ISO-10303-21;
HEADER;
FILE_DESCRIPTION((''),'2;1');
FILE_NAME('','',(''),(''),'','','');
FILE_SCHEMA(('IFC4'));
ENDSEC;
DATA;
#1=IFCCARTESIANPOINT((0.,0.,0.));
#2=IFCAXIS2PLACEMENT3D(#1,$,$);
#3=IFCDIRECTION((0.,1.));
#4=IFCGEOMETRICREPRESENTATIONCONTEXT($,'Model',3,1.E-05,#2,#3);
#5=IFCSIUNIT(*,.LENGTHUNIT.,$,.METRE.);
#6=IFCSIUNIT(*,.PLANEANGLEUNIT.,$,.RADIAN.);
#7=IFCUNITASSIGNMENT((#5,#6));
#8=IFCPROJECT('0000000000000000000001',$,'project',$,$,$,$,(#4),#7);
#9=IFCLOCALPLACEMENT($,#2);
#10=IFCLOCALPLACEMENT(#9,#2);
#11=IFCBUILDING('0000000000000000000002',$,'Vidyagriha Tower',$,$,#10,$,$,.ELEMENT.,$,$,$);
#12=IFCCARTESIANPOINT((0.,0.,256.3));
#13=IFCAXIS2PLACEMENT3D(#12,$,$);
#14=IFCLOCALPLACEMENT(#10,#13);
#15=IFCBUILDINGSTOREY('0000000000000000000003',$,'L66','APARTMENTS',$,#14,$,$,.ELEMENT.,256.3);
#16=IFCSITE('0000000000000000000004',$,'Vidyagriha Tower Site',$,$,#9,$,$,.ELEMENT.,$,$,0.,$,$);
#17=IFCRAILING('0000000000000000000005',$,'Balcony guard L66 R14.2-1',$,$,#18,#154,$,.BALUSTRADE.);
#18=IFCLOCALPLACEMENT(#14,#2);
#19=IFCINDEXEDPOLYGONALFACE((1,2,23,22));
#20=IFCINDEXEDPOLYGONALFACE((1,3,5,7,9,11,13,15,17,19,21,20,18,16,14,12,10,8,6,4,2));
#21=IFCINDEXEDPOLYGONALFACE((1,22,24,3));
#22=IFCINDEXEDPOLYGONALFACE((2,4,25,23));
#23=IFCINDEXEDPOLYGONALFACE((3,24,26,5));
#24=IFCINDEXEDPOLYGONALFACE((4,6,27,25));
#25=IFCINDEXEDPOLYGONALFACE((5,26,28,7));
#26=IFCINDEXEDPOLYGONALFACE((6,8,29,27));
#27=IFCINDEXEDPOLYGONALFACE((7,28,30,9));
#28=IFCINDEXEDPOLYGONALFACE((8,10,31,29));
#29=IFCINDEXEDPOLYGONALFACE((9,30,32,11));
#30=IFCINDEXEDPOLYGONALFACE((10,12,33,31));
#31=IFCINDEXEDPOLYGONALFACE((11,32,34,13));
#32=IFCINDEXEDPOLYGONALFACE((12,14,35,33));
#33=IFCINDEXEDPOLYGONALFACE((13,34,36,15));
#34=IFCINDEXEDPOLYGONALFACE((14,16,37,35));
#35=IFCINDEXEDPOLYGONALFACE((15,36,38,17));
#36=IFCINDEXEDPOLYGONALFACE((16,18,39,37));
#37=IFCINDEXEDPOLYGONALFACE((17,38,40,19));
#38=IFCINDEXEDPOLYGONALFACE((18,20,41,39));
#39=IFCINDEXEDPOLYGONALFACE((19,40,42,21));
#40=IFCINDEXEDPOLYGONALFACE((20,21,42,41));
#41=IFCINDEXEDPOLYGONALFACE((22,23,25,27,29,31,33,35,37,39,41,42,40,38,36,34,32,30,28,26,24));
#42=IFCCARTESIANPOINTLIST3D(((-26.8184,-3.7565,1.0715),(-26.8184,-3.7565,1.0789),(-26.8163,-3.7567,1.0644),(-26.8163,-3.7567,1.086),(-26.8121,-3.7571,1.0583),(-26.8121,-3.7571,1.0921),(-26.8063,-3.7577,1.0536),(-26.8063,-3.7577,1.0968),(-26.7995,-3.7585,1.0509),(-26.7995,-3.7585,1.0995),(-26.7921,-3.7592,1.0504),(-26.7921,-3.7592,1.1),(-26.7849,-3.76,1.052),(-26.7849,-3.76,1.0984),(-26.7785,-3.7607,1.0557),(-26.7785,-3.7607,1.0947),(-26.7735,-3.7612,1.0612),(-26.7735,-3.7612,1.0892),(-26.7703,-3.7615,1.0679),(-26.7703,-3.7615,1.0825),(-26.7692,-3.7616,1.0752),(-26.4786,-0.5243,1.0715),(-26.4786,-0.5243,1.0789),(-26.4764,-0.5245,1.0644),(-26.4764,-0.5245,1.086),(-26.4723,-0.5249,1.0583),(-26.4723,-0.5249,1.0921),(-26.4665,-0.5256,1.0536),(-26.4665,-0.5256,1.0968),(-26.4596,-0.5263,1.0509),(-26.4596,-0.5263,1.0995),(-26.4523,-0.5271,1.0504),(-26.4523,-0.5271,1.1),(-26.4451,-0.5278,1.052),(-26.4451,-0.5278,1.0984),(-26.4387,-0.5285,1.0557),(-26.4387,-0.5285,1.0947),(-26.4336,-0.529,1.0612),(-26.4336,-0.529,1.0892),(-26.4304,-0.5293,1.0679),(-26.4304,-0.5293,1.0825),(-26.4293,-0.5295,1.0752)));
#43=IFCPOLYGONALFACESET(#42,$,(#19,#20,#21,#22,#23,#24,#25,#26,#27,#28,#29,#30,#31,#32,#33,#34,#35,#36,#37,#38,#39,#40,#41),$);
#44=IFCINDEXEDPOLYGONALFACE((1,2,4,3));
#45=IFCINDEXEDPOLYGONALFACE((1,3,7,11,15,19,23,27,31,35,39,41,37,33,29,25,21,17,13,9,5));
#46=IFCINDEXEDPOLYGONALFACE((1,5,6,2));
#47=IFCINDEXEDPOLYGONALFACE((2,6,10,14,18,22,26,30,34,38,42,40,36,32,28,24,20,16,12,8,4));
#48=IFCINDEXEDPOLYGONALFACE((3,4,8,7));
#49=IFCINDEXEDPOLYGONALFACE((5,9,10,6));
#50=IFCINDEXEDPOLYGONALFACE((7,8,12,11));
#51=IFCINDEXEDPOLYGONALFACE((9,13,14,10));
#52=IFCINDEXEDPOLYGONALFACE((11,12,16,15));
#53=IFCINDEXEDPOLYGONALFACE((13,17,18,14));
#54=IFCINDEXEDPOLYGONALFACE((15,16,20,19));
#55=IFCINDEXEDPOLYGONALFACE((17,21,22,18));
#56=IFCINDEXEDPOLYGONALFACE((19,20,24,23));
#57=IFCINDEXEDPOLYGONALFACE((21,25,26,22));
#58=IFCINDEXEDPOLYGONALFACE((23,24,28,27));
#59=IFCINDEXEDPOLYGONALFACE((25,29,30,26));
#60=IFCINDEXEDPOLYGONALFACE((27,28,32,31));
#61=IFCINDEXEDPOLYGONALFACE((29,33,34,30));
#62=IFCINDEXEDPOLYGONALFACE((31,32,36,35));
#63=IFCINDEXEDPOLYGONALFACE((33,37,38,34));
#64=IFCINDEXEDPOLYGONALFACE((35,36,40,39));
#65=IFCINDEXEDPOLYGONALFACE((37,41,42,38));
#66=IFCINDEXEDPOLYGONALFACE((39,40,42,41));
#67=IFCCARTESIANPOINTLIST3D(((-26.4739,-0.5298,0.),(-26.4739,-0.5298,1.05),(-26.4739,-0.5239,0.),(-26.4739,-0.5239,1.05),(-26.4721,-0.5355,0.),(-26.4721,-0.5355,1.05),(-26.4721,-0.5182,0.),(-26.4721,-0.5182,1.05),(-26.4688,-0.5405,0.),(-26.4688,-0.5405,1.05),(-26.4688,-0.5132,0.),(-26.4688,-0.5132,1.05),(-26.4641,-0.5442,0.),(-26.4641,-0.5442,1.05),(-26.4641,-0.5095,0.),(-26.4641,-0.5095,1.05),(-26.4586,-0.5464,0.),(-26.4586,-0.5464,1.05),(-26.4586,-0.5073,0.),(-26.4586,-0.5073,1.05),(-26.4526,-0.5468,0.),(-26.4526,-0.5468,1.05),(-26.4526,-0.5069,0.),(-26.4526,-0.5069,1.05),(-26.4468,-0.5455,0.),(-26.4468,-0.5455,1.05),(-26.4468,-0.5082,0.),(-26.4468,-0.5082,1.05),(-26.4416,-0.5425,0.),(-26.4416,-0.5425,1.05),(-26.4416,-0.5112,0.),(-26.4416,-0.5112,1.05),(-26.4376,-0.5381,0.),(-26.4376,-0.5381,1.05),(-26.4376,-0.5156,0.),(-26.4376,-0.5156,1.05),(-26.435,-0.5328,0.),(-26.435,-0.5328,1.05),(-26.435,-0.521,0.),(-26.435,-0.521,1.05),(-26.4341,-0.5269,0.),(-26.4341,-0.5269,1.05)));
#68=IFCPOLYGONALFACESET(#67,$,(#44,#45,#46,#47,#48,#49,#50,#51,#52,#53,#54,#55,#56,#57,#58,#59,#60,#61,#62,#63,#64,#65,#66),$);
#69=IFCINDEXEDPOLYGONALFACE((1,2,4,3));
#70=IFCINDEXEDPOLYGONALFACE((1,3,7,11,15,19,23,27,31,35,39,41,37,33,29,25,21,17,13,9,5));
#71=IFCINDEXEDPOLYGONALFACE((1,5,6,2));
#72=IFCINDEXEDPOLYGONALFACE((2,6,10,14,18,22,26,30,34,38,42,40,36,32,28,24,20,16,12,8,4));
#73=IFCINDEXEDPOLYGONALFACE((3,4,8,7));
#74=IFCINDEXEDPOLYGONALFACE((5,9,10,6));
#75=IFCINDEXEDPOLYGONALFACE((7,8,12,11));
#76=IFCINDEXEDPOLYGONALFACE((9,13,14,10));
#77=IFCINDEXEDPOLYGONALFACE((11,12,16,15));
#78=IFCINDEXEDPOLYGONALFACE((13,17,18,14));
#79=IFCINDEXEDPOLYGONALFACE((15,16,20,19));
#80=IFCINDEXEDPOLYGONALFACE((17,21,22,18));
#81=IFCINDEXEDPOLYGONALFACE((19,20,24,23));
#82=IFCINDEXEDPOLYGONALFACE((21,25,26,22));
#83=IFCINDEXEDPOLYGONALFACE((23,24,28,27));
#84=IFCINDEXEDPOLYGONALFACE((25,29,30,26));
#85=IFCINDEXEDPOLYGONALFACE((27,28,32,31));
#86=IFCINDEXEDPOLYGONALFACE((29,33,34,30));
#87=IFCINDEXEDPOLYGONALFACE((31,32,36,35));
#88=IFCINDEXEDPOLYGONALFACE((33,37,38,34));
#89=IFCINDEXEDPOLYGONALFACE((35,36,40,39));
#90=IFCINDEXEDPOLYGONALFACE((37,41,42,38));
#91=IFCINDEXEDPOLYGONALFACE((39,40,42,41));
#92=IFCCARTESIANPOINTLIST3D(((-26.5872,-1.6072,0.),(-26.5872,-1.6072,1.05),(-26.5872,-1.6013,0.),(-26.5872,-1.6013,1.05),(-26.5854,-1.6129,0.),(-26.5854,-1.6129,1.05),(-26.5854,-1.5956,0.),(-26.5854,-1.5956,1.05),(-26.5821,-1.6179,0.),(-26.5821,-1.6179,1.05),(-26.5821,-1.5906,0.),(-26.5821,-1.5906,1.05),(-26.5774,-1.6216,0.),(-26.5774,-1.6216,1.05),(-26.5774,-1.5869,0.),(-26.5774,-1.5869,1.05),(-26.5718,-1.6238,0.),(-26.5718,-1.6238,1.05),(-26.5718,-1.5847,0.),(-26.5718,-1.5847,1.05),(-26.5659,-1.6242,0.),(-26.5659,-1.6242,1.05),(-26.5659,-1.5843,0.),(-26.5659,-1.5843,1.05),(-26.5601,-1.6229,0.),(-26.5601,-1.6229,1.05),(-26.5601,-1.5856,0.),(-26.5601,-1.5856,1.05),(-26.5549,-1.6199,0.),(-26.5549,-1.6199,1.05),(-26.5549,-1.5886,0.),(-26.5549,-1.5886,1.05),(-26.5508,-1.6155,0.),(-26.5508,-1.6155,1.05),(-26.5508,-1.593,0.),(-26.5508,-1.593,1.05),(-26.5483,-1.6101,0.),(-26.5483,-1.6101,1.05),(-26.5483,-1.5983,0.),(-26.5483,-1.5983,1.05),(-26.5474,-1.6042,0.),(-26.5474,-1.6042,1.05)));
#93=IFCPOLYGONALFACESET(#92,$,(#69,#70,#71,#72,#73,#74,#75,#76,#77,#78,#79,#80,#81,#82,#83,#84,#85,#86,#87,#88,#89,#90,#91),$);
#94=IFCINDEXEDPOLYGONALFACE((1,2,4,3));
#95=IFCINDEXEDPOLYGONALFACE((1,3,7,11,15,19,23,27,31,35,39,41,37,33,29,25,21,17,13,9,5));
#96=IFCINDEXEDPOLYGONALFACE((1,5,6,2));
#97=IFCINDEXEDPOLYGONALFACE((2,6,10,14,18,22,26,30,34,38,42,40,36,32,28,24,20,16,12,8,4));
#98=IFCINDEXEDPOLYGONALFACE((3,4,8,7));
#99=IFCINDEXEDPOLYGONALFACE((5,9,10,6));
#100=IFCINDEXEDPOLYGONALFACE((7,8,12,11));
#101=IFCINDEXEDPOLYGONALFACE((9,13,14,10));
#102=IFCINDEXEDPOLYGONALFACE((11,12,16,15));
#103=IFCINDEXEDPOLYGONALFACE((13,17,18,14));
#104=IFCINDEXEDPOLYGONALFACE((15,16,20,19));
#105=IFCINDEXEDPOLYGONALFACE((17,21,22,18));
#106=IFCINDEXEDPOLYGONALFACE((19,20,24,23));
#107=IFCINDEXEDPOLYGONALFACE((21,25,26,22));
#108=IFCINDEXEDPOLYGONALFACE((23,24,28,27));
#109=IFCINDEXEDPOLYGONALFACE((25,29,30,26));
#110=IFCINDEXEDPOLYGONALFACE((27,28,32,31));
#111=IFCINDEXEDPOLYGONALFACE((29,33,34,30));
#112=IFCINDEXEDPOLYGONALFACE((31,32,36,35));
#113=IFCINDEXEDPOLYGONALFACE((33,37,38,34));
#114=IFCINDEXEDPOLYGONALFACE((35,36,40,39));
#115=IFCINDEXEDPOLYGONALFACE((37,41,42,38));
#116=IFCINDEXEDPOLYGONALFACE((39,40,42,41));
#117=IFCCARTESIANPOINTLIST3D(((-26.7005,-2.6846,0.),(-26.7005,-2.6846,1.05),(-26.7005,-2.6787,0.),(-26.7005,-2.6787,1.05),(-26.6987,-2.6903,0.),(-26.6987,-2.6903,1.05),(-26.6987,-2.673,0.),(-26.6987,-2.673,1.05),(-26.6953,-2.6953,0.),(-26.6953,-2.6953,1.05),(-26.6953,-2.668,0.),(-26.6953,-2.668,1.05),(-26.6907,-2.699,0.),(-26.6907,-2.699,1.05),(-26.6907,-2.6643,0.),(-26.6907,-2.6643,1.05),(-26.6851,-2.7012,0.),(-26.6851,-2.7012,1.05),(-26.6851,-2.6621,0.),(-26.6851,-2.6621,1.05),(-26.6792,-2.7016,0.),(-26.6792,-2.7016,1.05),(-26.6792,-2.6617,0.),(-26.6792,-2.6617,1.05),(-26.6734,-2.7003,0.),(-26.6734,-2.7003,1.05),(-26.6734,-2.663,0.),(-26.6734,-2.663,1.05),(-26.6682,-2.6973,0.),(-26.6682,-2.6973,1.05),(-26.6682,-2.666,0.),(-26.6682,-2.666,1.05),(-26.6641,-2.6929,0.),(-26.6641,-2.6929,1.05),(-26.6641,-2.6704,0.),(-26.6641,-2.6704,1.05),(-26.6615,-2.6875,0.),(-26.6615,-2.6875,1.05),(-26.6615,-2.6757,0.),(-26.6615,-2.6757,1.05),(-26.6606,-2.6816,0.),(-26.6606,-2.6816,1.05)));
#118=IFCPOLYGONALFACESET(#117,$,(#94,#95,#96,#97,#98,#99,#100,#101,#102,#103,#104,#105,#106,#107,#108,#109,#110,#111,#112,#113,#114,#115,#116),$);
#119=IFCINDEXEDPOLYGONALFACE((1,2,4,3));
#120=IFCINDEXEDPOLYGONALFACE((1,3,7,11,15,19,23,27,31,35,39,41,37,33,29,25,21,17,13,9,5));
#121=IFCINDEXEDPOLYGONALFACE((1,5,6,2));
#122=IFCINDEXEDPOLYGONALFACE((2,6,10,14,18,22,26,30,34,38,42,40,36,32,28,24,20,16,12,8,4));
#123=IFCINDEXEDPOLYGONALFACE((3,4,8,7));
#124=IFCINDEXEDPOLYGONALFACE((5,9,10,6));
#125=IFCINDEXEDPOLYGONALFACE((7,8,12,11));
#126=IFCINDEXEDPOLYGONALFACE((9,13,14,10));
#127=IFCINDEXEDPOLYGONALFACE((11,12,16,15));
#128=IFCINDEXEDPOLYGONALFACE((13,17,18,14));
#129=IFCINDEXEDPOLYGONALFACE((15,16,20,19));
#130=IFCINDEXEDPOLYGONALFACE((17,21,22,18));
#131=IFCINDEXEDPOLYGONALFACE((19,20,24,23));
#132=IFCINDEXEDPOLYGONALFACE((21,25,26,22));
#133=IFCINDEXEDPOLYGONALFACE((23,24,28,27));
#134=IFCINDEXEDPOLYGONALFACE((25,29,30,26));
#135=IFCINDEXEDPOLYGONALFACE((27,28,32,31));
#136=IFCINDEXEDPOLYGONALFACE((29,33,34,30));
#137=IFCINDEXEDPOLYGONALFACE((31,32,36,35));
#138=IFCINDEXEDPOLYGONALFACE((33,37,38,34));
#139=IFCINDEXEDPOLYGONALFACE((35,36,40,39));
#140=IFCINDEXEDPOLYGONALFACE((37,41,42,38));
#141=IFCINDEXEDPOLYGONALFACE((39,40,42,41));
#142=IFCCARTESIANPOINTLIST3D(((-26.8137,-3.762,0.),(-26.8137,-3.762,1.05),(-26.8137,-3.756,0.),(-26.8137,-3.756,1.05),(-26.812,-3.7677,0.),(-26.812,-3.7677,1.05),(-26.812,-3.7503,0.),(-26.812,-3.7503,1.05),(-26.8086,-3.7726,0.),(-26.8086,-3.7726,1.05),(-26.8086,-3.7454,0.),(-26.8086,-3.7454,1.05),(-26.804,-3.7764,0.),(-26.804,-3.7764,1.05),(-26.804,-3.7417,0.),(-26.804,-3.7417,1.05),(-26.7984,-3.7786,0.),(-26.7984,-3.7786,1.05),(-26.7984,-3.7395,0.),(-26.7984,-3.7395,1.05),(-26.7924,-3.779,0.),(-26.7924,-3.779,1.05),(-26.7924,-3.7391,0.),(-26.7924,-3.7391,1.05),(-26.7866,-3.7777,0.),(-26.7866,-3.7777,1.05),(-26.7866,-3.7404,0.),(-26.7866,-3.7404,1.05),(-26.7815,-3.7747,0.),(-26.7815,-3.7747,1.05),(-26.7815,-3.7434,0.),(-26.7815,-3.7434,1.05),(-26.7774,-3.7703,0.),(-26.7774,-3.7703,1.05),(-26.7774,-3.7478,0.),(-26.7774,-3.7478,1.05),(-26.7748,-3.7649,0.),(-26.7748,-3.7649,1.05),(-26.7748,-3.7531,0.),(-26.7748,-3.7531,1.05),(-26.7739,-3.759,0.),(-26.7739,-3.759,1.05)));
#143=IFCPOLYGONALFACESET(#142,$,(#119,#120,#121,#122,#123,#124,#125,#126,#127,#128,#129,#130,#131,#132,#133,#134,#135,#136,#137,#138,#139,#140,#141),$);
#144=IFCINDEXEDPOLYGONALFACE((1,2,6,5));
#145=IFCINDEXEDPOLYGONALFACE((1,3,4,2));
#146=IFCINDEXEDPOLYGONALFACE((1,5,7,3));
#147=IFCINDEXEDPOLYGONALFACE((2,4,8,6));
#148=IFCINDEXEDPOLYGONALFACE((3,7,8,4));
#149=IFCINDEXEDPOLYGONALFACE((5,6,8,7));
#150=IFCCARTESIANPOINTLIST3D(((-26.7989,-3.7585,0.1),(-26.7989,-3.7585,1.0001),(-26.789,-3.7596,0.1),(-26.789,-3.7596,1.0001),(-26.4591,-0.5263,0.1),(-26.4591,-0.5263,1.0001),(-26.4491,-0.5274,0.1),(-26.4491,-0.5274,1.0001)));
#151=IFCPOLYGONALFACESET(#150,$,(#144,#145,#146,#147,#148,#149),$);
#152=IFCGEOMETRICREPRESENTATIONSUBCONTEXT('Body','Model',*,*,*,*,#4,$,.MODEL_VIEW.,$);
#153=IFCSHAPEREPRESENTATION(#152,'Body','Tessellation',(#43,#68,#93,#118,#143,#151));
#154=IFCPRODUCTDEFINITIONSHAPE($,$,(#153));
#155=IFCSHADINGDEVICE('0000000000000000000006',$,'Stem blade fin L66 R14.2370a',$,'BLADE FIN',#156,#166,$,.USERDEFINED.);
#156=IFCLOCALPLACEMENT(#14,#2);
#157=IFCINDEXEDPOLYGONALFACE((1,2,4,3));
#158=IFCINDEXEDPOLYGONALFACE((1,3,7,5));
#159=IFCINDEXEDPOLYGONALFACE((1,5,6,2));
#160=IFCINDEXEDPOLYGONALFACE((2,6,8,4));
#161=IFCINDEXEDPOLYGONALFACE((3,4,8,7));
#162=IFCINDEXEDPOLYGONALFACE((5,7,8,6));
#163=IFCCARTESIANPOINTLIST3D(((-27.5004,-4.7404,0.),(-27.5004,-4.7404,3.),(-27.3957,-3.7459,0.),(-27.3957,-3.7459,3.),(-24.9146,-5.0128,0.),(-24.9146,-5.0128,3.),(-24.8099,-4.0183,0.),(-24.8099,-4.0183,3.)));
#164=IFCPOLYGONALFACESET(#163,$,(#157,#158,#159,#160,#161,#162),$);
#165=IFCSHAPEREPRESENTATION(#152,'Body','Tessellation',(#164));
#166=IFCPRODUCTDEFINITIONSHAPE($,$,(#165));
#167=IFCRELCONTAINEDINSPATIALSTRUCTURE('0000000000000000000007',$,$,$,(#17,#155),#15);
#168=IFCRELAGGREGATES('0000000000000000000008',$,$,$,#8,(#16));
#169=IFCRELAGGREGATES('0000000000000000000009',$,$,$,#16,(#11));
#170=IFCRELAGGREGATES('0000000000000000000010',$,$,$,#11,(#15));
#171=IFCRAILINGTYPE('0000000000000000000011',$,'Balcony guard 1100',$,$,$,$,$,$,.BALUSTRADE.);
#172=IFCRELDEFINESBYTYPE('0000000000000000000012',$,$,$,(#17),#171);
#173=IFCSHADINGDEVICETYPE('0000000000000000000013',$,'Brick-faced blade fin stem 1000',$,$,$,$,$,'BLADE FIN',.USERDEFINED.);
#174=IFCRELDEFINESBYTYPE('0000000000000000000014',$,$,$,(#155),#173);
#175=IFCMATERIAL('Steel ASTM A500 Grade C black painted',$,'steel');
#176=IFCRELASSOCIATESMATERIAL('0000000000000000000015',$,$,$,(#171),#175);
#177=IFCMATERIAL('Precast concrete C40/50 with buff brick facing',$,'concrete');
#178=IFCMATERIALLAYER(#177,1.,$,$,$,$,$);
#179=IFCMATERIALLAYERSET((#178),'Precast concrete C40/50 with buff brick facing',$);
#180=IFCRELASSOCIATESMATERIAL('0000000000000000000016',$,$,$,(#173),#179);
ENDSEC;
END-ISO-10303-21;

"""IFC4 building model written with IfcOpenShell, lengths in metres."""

from ifc_helpers import new_model, si_unit, direction, frame, origin, origin_2d, place, context, subcontext, project, spatial, polyline, rectangle, circle, outline, extrude, material, layer, layer_set, type_object, element, save


model = new_model("IFC4")

# Units and contexts
model_context = context("Model", 3, precision=1e-05, world=origin(), true_north=direction((0.0, 1.0)))
body_context = subcontext(model_context, "Body", "Model", "MODEL_VIEW")
ifc_project = project(units=[si_unit("LENGTHUNIT", "METRE"), si_unit("PLANEANGLEUNIT", "RADIAN")], contexts=[model_context])

# Site, building, storey
site_placement = place(None, origin())
site = spatial("IfcSite", under=ifc_project, at=site_placement, Name="Vidyagriha Tower Site", CompositionType="ELEMENT", RefElevation=0.0)
building_placement = place(site_placement, origin())
building = spatial("IfcBuilding", under=site, at=building_placement, Name="Vidyagriha Tower", CompositionType="ELEMENT")
storey_placement = place(building_placement, frame((0.0, 0.0, 256.3)))
storey = spatial("IfcBuildingStorey", under=building, at=storey_placement, Name="L66", Description="APARTMENTS", CompositionType="ELEMENT", Elevation=256.3)

# Railing
ifc_material_1 = material(Name="Steel ASTM A500 Grade C black painted", Category="steel")
railing_type_1 = type_object("IfcRailingType", Name="Balcony guard 1100", PredefinedType="BALUSTRADE", material=ifc_material_1)
railing_1_placement = place(storey_placement, frame((-26.4541, -0.5269, 0.0)))
element("IfcRailing", 1, at=railing_1_placement, inside=storey, type_object=railing_type_1, Name="Balcony guard L66 R14.2-1", PredefinedType="BALUSTRADE", context=body_context, shape_type="SweptSolid", body=[
    extrude(circle(Radius=0.0249, at=origin_2d()), frame((0.0, 0.0, 1.0752), z_axis=(-0.104567, -0.994518, 0.0), x_axis=(0.994518, -0.104567, 0.0)), (0.0, 0.0, 1.0), 3.25),
    extrude(circle(Radius=0.02, at=origin_2d()), origin(), (0.0, 0.0, 1.0), 1.05),
    extrude(circle(Radius=0.02, at=origin_2d()), frame((-0.1133, -1.0774, 0.0)), (0.0, 0.0, 1.0), 1.05),
    extrude(circle(Radius=0.02, at=origin_2d()), frame((-0.2266, -2.1548, 0.0)), (0.0, 0.0, 1.0), 1.05),
    extrude(circle(Radius=0.02, at=origin_2d()), frame((-0.3398, -3.2322, 0.0)), (0.0, 0.0, 1.0), 1.05),
    extrude(rectangle(XDim=0.01, YDim=0.9001, at=origin_2d()), frame((0.0, 0.0, 0.55), z_axis=(-0.104567, -0.994518, 0.0), x_axis=(0.994518, -0.104567, 0.0)), (0.0, 0.0, 1.0), 3.25),
])

# Shading device
ifc_material_2 = material(Name="Precast concrete C40/50 with buff brick facing", Category="concrete")
ifc_layer_1 = layer(ifc_material_2, 1.0)
ifc_layer_set_1 = layer_set([ifc_layer_1], Name="Precast concrete C40/50 with buff brick facing")
shading_device_type = type_object("IfcShadingDeviceType", Name="Brick-faced blade fin stem 1000", ElementType="BLADE FIN", PredefinedType="USERDEFINED", material=ifc_layer_set_1)
shading_device_placement = place(storey_placement, frame((-26.1028, -3.8821, 0.0), z_axis=(0.0, 0.0, 1.0), x_axis=(-0.104748, -0.994499, 0.0)))
element("IfcShadingDevice", 2, at=shading_device_placement, inside=storey, type_object=shading_device_type, Name="Stem blade fin L66 R14.2370a", ObjectType="BLADE FIN", PredefinedType="USERDEFINED", context=body_context, shape_type="SweptSolid", body=[
    extrude(outline(polyline([(0.0, 0.0), (1.0, 0.0), (1.0, 3.0), (0.0, 3.0), (0.0, 0.0)])), frame((0.0, 1.3, 0.0), z_axis=(0.0, -1.0, 0.0), x_axis=(1.0, 0.0, 0.0)), (0.0, 0.0, 1.0), 2.6001),
])

save(model, "model.ifc")
